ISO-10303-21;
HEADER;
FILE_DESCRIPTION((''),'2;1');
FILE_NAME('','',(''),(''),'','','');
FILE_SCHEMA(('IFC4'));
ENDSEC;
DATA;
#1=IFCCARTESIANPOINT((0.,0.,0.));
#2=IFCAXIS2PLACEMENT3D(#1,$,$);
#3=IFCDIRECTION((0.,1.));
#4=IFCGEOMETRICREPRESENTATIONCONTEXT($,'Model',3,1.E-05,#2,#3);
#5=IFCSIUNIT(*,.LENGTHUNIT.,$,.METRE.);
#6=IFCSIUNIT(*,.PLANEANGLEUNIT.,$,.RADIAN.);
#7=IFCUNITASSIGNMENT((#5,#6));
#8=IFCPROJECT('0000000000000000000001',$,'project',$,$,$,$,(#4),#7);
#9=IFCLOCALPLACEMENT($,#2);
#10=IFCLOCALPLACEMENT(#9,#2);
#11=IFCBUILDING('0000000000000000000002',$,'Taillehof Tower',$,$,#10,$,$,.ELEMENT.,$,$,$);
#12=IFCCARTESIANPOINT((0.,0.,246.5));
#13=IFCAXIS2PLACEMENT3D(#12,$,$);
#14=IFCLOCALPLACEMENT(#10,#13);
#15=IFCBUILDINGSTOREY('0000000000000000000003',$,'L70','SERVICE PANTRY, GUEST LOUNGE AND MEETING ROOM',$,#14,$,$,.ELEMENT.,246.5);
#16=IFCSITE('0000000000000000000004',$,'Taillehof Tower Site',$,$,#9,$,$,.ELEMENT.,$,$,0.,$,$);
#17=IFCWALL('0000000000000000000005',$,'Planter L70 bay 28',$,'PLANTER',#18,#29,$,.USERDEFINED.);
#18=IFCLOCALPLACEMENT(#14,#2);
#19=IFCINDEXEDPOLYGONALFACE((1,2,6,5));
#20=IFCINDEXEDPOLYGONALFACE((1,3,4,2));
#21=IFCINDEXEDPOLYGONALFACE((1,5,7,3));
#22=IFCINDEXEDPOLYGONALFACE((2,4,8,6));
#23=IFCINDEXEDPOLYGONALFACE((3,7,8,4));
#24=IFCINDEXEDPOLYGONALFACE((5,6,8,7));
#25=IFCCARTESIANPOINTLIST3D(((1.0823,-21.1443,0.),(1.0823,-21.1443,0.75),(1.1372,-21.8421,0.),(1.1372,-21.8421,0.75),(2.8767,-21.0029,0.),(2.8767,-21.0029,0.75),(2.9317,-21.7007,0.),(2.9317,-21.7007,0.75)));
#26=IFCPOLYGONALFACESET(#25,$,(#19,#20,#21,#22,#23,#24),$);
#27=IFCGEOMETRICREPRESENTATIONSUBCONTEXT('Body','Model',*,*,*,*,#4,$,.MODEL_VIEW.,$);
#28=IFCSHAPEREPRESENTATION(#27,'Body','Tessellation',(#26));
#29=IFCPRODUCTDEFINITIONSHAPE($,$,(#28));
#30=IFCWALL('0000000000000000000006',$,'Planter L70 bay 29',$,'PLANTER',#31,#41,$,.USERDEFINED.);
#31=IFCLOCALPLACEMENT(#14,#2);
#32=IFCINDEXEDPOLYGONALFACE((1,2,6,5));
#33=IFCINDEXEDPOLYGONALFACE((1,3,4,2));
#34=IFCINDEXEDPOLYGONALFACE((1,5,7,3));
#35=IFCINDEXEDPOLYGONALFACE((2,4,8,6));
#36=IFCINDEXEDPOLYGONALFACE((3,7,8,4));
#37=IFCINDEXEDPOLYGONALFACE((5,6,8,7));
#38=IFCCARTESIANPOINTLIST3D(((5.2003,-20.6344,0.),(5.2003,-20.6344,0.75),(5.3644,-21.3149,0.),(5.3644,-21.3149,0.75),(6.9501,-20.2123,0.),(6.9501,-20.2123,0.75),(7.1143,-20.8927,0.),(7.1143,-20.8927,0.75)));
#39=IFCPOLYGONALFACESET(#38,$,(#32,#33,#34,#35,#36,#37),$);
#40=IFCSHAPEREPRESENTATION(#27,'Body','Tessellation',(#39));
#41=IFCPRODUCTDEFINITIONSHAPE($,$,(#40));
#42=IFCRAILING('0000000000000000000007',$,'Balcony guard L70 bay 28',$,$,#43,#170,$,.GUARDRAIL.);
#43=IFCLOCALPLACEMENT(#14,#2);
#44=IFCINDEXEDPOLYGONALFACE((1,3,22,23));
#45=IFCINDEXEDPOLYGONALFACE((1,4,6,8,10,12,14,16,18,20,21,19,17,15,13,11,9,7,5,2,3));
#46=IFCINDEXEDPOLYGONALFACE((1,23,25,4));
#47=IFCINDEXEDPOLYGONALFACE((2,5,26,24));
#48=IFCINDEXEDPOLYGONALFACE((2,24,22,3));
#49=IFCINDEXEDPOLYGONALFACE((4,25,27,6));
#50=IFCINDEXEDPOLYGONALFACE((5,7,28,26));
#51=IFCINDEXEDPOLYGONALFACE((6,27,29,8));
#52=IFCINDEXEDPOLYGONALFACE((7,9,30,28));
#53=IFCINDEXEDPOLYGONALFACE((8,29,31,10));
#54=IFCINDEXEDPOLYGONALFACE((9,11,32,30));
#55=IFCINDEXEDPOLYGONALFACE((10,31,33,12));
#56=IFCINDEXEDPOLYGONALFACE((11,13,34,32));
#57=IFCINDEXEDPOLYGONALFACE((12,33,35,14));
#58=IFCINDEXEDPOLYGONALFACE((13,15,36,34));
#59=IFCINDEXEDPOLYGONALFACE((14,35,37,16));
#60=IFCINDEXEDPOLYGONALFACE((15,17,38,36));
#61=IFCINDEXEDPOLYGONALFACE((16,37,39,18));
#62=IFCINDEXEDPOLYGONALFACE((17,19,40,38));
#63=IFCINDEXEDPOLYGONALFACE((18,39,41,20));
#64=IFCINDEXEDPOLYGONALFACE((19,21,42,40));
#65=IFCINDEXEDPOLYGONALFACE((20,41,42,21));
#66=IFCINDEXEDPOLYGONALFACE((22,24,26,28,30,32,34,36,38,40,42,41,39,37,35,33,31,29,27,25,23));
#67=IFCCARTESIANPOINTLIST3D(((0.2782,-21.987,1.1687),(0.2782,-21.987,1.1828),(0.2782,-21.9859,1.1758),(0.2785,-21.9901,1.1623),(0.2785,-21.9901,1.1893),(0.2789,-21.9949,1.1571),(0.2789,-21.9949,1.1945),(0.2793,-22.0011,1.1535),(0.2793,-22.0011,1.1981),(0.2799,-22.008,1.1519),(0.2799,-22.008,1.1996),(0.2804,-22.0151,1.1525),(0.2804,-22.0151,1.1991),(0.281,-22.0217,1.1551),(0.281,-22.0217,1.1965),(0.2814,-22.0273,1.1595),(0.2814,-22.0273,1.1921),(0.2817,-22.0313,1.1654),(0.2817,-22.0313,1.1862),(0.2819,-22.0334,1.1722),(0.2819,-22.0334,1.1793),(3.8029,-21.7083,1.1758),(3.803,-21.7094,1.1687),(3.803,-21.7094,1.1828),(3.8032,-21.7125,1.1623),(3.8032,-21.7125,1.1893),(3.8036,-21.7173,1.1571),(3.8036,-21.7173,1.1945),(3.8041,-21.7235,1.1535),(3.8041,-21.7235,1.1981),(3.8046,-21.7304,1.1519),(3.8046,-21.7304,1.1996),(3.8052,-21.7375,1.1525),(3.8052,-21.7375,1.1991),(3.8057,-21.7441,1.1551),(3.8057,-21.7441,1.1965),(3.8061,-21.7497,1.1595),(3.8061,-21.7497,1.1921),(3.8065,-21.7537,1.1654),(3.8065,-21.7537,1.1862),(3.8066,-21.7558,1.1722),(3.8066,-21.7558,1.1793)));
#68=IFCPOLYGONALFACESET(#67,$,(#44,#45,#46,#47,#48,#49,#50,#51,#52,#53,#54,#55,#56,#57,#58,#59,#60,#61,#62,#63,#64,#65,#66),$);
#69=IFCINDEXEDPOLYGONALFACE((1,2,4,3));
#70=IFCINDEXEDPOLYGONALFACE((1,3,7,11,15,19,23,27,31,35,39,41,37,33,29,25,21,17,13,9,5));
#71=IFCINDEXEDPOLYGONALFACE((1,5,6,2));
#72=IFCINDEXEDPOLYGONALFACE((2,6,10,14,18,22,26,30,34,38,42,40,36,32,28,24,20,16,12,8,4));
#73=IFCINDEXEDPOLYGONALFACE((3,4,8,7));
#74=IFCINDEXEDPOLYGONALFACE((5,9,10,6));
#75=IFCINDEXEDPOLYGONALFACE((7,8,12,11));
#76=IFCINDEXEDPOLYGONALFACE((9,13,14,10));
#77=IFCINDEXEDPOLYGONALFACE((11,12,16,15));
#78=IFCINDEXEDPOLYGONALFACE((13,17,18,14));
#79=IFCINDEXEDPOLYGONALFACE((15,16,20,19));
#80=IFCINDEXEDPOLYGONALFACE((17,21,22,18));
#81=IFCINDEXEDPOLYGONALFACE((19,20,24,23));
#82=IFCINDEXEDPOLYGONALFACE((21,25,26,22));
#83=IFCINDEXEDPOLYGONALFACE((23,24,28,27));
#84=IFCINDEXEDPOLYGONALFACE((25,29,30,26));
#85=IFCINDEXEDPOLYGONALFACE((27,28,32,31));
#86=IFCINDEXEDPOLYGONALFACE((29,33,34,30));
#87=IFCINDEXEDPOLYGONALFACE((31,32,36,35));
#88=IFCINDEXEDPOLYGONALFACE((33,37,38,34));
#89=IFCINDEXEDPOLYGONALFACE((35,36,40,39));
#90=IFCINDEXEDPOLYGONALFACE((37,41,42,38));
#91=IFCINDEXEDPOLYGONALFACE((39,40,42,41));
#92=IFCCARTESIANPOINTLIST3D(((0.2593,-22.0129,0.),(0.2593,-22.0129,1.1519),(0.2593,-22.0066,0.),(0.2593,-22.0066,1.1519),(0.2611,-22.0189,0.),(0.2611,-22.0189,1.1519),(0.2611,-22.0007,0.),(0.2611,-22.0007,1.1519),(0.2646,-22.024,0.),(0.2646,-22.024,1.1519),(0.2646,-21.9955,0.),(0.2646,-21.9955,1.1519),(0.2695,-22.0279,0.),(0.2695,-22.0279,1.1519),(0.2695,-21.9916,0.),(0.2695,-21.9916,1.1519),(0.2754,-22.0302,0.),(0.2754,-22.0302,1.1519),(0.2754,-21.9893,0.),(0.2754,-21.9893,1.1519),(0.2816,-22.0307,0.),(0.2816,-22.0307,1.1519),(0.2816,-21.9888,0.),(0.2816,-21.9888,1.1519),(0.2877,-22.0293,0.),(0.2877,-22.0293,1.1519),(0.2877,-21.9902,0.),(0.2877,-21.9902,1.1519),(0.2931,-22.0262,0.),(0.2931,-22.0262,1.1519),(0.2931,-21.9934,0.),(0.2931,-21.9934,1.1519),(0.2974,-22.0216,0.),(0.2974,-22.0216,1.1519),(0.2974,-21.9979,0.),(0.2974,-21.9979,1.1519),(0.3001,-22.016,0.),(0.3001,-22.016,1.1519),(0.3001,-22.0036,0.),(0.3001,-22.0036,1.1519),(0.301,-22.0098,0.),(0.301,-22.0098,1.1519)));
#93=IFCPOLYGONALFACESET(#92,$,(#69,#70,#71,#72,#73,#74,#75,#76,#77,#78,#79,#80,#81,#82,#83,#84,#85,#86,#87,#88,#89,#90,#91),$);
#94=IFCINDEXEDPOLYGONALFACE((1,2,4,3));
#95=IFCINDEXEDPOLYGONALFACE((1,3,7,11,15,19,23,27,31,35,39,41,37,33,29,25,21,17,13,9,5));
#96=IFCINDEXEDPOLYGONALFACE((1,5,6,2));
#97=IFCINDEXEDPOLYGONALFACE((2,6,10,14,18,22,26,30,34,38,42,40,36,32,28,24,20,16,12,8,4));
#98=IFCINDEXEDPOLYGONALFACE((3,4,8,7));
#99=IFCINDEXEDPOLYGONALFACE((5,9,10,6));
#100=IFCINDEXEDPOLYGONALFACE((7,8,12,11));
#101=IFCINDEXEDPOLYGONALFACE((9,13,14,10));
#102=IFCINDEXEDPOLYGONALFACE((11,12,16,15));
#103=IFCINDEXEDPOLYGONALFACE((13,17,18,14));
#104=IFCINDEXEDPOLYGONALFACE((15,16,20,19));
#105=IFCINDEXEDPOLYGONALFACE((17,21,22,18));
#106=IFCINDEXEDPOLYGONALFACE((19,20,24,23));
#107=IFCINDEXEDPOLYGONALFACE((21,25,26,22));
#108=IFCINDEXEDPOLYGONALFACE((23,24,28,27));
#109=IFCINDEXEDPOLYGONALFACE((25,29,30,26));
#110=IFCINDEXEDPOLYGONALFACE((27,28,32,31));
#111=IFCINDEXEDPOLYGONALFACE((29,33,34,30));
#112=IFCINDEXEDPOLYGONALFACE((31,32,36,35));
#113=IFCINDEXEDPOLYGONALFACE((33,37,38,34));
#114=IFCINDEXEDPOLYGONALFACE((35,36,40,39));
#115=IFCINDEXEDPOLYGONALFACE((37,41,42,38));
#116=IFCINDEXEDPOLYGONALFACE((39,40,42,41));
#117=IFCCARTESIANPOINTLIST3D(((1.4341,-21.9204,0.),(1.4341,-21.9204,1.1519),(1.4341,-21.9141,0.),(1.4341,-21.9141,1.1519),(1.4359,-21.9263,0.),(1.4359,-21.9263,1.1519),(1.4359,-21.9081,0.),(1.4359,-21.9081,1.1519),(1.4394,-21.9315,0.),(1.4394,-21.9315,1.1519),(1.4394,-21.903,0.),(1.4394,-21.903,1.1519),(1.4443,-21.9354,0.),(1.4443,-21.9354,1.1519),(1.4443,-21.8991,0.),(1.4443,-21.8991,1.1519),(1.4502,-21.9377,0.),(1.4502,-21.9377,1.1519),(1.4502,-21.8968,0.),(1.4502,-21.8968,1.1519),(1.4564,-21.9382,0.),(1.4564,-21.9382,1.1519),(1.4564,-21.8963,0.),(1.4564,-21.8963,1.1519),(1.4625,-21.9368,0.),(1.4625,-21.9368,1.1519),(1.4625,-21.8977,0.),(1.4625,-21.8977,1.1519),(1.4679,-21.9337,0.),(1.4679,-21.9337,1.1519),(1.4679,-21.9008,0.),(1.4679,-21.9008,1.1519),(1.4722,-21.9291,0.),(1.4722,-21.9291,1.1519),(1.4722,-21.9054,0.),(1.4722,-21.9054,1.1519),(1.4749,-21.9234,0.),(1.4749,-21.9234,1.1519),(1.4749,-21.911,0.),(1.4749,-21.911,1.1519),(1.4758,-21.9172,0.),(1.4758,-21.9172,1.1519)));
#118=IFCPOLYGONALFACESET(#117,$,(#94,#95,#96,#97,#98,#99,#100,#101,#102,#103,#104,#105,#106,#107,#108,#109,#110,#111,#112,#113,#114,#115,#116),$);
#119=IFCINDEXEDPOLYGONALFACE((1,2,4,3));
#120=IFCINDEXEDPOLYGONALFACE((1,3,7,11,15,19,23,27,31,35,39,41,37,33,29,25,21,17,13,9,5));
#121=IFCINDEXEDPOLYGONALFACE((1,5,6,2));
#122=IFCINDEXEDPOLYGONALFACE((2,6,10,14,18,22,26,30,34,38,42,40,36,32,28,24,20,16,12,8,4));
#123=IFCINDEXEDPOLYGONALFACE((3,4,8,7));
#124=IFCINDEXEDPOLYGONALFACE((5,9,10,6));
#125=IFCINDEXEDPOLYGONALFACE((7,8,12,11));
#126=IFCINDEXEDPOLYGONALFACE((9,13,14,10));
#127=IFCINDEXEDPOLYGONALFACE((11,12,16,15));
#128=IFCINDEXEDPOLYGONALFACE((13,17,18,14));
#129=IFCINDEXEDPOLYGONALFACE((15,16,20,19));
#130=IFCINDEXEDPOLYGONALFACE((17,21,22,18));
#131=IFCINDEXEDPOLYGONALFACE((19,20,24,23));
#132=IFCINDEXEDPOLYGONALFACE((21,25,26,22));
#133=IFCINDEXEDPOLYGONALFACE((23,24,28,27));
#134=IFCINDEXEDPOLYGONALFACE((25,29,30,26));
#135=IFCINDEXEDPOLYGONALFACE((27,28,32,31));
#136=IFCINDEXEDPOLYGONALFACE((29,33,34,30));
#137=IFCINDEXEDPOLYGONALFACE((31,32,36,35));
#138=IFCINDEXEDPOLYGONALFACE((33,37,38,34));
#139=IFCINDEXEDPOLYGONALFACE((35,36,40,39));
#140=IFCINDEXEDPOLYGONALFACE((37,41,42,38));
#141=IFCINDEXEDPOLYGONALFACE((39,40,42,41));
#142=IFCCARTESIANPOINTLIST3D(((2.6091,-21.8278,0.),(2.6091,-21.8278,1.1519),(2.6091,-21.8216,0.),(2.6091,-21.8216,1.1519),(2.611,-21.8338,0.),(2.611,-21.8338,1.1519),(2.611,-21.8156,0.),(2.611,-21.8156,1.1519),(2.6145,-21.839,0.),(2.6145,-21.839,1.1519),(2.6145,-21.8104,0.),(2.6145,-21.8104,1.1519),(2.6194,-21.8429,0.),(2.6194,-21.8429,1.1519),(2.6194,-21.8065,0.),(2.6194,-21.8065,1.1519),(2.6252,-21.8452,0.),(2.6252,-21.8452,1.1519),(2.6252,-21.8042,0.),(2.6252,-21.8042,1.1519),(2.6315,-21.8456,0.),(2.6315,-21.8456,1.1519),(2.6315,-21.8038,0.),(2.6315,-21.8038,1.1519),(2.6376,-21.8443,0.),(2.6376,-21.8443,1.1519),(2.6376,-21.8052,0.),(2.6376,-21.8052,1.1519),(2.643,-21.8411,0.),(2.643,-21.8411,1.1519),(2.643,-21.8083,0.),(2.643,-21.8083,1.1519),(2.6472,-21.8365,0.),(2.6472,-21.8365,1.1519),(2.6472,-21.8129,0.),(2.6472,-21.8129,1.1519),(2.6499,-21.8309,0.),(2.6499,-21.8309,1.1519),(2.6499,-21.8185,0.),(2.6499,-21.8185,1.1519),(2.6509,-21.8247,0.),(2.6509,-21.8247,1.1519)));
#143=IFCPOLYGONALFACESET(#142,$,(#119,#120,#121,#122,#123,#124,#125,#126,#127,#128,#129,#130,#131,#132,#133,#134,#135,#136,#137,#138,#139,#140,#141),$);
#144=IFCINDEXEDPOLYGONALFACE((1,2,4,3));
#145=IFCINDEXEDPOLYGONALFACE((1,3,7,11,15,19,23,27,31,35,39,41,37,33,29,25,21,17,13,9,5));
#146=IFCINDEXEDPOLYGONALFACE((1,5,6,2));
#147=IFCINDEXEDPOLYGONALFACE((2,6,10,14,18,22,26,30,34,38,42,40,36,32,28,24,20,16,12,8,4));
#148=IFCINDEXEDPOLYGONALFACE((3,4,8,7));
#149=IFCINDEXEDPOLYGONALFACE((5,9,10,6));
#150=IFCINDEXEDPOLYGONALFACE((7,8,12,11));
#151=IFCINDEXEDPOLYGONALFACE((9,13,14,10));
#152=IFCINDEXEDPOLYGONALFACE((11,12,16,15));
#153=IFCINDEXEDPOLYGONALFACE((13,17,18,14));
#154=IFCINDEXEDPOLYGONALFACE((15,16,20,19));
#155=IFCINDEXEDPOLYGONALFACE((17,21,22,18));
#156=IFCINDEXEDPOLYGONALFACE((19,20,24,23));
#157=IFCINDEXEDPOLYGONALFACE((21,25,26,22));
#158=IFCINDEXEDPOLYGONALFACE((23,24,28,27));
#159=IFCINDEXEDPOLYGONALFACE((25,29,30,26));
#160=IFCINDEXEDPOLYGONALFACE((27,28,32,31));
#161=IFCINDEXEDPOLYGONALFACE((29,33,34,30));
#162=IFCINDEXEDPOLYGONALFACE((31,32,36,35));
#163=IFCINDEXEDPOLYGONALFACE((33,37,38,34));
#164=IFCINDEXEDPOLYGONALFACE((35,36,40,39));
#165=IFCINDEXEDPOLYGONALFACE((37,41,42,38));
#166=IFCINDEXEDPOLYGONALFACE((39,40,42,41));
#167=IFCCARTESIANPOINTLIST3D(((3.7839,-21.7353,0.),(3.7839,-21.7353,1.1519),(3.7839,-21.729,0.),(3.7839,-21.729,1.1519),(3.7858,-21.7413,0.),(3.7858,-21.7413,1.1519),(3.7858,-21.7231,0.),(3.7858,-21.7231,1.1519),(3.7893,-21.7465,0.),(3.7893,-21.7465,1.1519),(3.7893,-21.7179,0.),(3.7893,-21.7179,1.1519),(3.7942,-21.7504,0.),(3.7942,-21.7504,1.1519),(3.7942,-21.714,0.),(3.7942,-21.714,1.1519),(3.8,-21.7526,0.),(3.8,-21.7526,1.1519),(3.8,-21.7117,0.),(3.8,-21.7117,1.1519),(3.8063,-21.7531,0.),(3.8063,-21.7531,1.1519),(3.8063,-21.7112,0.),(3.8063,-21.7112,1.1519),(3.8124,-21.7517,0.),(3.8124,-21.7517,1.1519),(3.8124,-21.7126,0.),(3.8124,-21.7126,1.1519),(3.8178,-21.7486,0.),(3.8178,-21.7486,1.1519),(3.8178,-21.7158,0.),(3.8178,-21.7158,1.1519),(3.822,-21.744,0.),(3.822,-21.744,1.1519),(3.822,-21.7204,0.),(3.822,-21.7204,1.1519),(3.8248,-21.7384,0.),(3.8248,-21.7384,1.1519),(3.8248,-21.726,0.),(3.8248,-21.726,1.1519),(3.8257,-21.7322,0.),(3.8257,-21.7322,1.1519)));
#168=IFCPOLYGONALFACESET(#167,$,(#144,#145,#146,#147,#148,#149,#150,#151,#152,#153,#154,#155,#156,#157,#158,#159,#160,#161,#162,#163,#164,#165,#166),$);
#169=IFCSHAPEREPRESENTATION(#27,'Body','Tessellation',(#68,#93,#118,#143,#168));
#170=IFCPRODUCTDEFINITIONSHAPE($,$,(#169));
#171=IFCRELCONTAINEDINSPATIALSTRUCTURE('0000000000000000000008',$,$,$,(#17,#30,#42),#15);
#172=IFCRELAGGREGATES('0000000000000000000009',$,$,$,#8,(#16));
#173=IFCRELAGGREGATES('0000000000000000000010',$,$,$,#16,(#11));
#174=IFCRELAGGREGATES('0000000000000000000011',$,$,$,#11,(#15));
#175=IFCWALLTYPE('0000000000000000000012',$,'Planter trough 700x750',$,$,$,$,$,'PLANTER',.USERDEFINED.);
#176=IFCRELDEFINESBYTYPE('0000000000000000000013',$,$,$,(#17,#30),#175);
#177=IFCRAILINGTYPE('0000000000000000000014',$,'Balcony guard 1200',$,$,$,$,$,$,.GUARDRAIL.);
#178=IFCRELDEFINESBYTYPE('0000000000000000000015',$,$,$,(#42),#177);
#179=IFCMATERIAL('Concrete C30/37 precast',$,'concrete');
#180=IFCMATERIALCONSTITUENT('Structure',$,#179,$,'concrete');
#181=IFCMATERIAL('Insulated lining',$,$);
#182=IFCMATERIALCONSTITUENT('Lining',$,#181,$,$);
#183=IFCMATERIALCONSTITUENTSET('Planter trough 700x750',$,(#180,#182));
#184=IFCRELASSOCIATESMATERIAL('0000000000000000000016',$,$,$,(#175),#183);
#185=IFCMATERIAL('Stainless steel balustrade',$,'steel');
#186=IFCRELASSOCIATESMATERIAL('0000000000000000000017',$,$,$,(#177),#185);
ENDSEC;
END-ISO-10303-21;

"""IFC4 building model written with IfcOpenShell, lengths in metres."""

from ifc_helpers import new_model, si_unit, direction, frame, frame_2d, origin, origin_2d, place, context, subcontext, project, spatial, rectangle, circle, extrude, material, constituent, constituent_set, type_object, element, save


model = new_model("IFC4")

# Units and contexts
model_context = context("Model", 3, precision=1e-05, world=origin(), true_north=direction((0.0, 1.0)))
body_context = subcontext(model_context, "Body", "Model", "MODEL_VIEW")
ifc_project = project(units=[si_unit("LENGTHUNIT", "METRE"), si_unit("PLANEANGLEUNIT", "RADIAN")], contexts=[model_context])

# Site, building, storey
site_placement = place(None, origin())
site = spatial("IfcSite", under=ifc_project, at=site_placement, Name="Taillehof Tower Site", CompositionType="ELEMENT", RefElevation=0.0)
building_placement = place(site_placement, origin())
building = spatial("IfcBuilding", under=site, at=building_placement, Name="Taillehof Tower", CompositionType="ELEMENT")
storey_placement = place(building_placement, frame((0.0, 0.0, 246.5)))
storey = spatial("IfcBuildingStorey", under=building, at=storey_placement, Name="L70", Description="SERVICE PANTRY, GUEST LOUNGE AND MEETING ROOM", CompositionType="ELEMENT", Elevation=246.5)

# Walls
ifc_material_1 = material(Name="Concrete C30/37 precast", Category="concrete")
ifc_constituent_1 = constituent(ifc_material_1, Name="Structure", Category="concrete")
ifc_material_2 = material(Name="Insulated lining")
ifc_constituent_2 = constituent(ifc_material_2, Name="Lining")
ifc_constituent_set = constituent_set(constituents=[ifc_constituent_1, ifc_constituent_2], Name="Planter trough 700x750")
wall_type_1 = type_object("IfcWallType", Name="Planter trough 700x750", ElementType="PLANTER", PredefinedType="USERDEFINED", material=ifc_constituent_set)
for number, where, z_axis, x_axis, name in (
    (1, (1.1099, -21.4932, 0.0), (0.0, 0.0, 1.0), (0.996912, 0.078532, 0.0), "Planter L70 bay 28"),
    (2, (5.2825, -20.9746, 0.0), (0.0, 0.0, 1.0), (0.972112, 0.234517, 0.0), "Planter L70 bay 29"),
):
    element("IfcWall", number, at=place(storey_placement, frame(where, z_axis=z_axis, x_axis=x_axis)), inside=storey, type_object=wall_type_1, Name=name, ObjectType="PLANTER", PredefinedType="USERDEFINED", context=body_context, shape_type="SweptSolid", body=[
        extrude(rectangle(XDim=1.8, YDim=0.7, at=frame_2d((0.8999, 0.0))), origin(), (0.0, 0.0, 1.0), 0.75),
    ])

# Railing
ifc_material_3 = material(Name="Stainless steel balustrade", Category="steel")
railing_type = type_object("IfcRailingType", Name="Balcony guard 1200", PredefinedType="GUARDRAIL", material=ifc_material_3)
railing_1_placement = place(storey_placement, frame((0.28, -22.0098, 0.0)))
element("IfcRailing", 3, at=railing_1_placement, inside=storey, type_object=railing_type, Name="Balcony guard L70 bay 28", PredefinedType="GUARDRAIL", context=body_context, shape_type="SweptSolid", body=[
    extrude(circle(Radius=0.0239, at=origin_2d()), frame((0.0, 0.0, 1.1758), z_axis=(0.996913, 0.078513, 0.0), x_axis=(-0.078513, 0.996913, 0.0)), (0.0, 0.0, 1.0), 3.5356),
    extrude(circle(Radius=0.021, at=origin_2d()), origin(), (0.0, 0.0, 1.0), 1.1519),
    extrude(circle(Radius=0.021, at=origin_2d()), frame((1.1748, 0.0925, 0.0)), (0.0, 0.0, 1.0), 1.1519),
    extrude(circle(Radius=0.021, at=origin_2d()), frame((2.3499, 0.1851, 0.0)), (0.0, 0.0, 1.0), 1.1519),
    extrude(circle(Radius=0.021, at=origin_2d()), frame((3.5247, 0.2776, 0.0)), (0.0, 0.0, 1.0), 1.1519),
])

save(model, "model.ifc")
